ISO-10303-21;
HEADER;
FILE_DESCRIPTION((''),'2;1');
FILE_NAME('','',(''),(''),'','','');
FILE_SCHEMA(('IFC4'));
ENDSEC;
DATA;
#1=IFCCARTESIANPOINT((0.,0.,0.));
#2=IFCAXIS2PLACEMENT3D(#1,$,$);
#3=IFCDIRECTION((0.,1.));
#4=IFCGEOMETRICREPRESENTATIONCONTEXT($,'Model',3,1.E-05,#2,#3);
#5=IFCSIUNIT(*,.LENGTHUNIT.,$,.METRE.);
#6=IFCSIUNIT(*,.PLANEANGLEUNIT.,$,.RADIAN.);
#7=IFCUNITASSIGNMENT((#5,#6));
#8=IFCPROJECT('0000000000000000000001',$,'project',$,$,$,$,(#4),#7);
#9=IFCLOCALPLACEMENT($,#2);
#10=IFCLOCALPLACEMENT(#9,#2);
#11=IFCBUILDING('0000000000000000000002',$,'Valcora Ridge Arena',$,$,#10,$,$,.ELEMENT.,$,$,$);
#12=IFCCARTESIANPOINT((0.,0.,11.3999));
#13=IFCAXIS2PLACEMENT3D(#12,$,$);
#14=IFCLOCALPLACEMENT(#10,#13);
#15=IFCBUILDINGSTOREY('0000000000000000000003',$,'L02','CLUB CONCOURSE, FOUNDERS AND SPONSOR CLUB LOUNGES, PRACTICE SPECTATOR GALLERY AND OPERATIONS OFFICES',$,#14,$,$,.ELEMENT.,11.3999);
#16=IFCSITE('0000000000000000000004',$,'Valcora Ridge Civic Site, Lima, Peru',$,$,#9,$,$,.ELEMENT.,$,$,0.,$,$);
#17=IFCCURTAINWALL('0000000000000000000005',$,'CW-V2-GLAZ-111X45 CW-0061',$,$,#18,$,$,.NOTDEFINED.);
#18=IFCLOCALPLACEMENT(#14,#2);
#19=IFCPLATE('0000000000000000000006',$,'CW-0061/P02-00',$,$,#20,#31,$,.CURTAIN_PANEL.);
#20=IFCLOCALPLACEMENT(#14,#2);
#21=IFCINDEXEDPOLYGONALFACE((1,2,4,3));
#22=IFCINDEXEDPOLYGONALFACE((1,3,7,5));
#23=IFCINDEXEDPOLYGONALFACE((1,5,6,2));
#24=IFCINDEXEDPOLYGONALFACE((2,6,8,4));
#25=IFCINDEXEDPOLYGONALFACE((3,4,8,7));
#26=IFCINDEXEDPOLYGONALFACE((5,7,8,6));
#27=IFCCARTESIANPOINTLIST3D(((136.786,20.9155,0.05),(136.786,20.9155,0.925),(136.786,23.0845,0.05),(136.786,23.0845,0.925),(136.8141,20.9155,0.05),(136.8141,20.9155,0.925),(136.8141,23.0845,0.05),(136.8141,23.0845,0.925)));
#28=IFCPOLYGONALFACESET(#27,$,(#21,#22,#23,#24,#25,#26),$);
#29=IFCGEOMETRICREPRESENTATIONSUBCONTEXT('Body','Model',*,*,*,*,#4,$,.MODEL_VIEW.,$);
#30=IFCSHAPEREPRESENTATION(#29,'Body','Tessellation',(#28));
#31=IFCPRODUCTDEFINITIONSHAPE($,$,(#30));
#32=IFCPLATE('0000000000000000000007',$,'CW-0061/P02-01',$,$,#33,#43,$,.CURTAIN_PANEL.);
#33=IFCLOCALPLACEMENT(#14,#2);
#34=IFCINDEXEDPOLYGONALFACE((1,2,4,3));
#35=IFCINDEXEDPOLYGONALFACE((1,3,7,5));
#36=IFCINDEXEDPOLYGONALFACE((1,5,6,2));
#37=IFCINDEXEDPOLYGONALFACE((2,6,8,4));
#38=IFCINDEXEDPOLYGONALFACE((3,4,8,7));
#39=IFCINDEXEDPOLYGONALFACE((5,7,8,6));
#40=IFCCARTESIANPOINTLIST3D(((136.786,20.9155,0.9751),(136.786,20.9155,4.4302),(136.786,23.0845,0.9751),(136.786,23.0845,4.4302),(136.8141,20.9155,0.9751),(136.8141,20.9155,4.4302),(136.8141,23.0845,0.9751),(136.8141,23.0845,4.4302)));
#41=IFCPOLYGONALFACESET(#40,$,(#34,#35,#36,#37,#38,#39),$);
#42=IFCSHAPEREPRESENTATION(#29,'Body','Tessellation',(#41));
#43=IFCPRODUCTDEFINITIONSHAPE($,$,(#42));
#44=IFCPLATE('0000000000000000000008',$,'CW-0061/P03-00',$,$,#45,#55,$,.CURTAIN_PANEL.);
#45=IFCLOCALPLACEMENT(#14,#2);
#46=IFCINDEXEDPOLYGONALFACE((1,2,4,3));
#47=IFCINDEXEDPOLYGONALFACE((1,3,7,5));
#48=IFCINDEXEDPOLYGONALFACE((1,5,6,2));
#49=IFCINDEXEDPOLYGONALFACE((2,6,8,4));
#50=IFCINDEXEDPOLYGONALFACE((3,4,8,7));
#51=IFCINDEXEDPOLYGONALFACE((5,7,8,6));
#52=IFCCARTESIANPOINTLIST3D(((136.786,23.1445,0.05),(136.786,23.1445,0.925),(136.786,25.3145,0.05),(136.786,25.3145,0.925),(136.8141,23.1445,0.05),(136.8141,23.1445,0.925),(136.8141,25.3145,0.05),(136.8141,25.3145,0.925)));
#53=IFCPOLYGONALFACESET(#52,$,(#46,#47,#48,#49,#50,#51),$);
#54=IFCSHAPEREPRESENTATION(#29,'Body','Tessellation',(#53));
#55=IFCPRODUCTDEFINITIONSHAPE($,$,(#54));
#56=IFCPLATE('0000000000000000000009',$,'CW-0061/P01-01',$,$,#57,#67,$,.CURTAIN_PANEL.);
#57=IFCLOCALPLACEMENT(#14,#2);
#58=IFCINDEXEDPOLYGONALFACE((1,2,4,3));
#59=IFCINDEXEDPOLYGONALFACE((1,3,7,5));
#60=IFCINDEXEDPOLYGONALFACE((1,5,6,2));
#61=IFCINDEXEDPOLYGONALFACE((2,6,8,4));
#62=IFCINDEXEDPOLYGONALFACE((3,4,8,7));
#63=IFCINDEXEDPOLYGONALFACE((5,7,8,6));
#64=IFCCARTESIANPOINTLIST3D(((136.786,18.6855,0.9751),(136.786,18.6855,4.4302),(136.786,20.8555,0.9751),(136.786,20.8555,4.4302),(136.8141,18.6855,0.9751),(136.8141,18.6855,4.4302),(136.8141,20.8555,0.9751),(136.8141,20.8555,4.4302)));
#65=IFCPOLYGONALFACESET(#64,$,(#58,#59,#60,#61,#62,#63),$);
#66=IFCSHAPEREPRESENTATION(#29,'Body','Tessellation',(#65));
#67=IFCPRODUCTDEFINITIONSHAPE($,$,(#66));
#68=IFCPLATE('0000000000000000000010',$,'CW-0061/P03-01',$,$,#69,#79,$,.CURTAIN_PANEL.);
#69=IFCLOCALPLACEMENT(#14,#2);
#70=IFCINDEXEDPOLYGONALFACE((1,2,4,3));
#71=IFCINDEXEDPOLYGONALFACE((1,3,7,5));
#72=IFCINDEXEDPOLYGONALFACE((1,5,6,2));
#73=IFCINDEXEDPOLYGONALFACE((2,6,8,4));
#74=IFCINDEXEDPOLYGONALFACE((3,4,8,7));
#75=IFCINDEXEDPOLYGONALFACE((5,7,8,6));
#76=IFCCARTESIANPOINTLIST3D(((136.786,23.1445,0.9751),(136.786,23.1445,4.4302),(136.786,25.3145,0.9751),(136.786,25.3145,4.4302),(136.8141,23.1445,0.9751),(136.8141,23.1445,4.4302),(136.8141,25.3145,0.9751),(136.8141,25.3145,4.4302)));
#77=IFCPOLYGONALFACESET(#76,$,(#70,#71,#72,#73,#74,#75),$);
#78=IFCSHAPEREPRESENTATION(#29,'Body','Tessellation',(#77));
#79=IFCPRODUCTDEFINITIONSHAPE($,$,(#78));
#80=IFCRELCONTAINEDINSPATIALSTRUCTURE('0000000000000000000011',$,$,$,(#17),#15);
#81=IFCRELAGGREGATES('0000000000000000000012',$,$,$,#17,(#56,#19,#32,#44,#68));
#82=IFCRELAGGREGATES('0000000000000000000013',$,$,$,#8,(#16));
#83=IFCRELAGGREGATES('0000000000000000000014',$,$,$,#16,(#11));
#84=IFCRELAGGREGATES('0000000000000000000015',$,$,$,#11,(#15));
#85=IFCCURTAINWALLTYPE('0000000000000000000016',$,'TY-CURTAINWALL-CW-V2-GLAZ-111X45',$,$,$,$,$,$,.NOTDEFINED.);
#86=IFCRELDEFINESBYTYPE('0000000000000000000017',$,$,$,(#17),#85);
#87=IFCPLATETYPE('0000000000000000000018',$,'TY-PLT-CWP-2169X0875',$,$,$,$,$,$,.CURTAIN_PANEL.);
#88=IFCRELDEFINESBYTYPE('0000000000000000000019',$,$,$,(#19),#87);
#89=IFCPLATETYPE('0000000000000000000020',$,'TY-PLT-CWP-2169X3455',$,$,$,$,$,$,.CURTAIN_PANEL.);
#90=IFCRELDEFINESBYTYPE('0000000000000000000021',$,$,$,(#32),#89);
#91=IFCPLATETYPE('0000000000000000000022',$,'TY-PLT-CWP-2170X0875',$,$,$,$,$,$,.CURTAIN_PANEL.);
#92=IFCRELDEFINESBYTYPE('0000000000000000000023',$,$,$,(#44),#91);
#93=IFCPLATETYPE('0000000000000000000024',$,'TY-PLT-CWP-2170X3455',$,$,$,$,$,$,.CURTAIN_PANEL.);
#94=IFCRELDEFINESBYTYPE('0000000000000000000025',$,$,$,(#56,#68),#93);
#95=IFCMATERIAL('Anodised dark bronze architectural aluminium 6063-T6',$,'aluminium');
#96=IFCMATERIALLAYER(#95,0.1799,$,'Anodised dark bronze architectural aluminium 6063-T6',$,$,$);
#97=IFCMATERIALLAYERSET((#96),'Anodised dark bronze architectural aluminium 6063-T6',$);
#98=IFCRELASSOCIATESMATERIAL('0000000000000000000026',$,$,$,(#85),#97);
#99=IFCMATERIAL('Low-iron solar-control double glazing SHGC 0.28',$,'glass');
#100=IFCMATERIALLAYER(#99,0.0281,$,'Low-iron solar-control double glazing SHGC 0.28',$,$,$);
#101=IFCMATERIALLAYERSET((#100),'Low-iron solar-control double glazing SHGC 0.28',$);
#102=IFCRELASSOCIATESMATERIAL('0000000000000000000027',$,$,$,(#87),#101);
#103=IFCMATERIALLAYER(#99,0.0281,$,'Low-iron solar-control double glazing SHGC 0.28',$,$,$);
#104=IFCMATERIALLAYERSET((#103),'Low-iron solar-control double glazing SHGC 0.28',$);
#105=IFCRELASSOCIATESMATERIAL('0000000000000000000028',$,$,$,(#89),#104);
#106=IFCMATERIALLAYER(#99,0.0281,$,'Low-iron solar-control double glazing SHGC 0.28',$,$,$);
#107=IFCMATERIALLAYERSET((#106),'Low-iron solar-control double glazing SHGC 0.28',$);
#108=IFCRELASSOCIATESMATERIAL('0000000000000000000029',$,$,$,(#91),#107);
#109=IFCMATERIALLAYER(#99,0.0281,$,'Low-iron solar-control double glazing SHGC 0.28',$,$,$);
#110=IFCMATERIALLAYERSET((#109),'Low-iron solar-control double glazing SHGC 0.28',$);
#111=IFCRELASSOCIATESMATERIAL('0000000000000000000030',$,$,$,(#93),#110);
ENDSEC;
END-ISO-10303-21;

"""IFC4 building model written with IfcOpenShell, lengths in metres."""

from ifc_helpers import new_model, si_unit, direction, frame, origin, origin_2d, place, context, subcontext, project, spatial, rectangle, extrude, material, layer, layer_set, type_object, element, aggregate, save


model = new_model("IFC4")

# Units and contexts
model_context = context("Model", 3, precision=1e-05, world=origin(), true_north=direction((0.0, 1.0)))
body_context = subcontext(model_context, "Body", "Model", "MODEL_VIEW")
ifc_project = project(units=[si_unit("LENGTHUNIT", "METRE"), si_unit("PLANEANGLEUNIT", "RADIAN")], contexts=[model_context])

# Site, building, storey
site_placement = place(None, origin())
site = spatial("IfcSite", under=ifc_project, at=site_placement, Name="Valcora Ridge Civic Site, Lima, Peru", CompositionType="ELEMENT", RefElevation=0.0)
building_placement = place(site_placement, origin())
building = spatial("IfcBuilding", under=site, at=building_placement, Name="Valcora Ridge Arena", CompositionType="ELEMENT")
storey_placement = place(building_placement, frame((0.0, 0.0, 11.3999)))
storey = spatial("IfcBuildingStorey", under=building, at=storey_placement, Name="L02", Description="CLUB CONCOURSE, FOUNDERS AND SPONSOR CLUB LOUNGES, PRACTICE SPECTATOR GALLERY AND OPERATIONS OFFICES", CompositionType="ELEMENT", Elevation=11.3999)

# Curtain wall, plates
ifc_material_1 = material(Name="Anodised dark bronze architectural aluminium 6063-T6", Category="aluminium")
ifc_layer_1 = layer(ifc_material_1, 0.1799, Name="Anodised dark bronze architectural aluminium 6063-T6")
ifc_layer_set_1 = layer_set([ifc_layer_1], Name="Anodised dark bronze architectural aluminium 6063-T6")
curtain_wall_type = type_object("IfcCurtainWallType", Name="TY-CURTAINWALL-CW-V2-GLAZ-111X45", PredefinedType="NOTDEFINED", material=ifc_layer_set_1)
curtain_wall_placement = place(storey_placement, origin())
curtain_wall = element("IfcCurtainWall", 1, at=curtain_wall_placement, inside=storey, type_object=curtain_wall_type, Name="CW-V2-GLAZ-111X45 CW-0061", PredefinedType="NOTDEFINED")
ifc_material_2 = material(Name="Low-iron solar-control double glazing SHGC 0.28", Category="glass")
ifc_layer_2 = layer(ifc_material_2, 0.0281, Name="Low-iron solar-control double glazing SHGC 0.28")
ifc_layer_set_2 = layer_set([ifc_layer_2], Name="Low-iron solar-control double glazing SHGC 0.28")
plate_type_1 = type_object("IfcPlateType", Name="TY-PLT-CWP-2169X0875", PredefinedType="CURTAIN_PANEL", material=ifc_layer_set_2)
plate_1_placement = place(storey_placement, frame((136.8, 22.0, 0.05), z_axis=(0.0, 0.0, 1.0), x_axis=(0.0, 1.0, 0.0)))
plate_1 = element("IfcPlate", 2, at=plate_1_placement, type_object=plate_type_1, Name="CW-0061/P02-00", PredefinedType="CURTAIN_PANEL", context=body_context, shape_type="SweptSolid", body=[
    extrude(rectangle(XDim=2.1689, YDim=0.0281, at=origin_2d()), origin(), (0.0, 0.0, 1.0), 0.875),
])
ifc_layer_3 = layer(ifc_material_2, 0.0281, Name="Low-iron solar-control double glazing SHGC 0.28")
ifc_layer_set_3 = layer_set([ifc_layer_3], Name="Low-iron solar-control double glazing SHGC 0.28")
plate_type_2 = type_object("IfcPlateType", Name="TY-PLT-CWP-2169X3455", PredefinedType="CURTAIN_PANEL", material=ifc_layer_set_3)
plate_2_placement = place(storey_placement, frame((136.8, 22.0, 0.9751), z_axis=(0.0, 0.0, 1.0), x_axis=(0.0, 1.0, 0.0)))
plate_2 = element("IfcPlate", 3, at=plate_2_placement, type_object=plate_type_2, Name="CW-0061/P02-01", PredefinedType="CURTAIN_PANEL", context=body_context, shape_type="SweptSolid", body=[
    extrude(rectangle(XDim=2.1689, YDim=0.0281, at=origin_2d()), origin(), (0.0, 0.0, 1.0), 3.4551),
])
ifc_layer_4 = layer(ifc_material_2, 0.0281, Name="Low-iron solar-control double glazing SHGC 0.28")
ifc_layer_set_4 = layer_set([ifc_layer_4], Name="Low-iron solar-control double glazing SHGC 0.28")
plate_type_3 = type_object("IfcPlateType", Name="TY-PLT-CWP-2170X0875", PredefinedType="CURTAIN_PANEL", material=ifc_layer_set_4)
plate_3_placement = place(storey_placement, frame((136.8, 24.2295, 0.05), z_axis=(0.0, 0.0, 1.0), x_axis=(0.0, 1.0, 0.0)))
plate_3 = element("IfcPlate", 4, at=plate_3_placement, type_object=plate_type_3, Name="CW-0061/P03-00", PredefinedType="CURTAIN_PANEL", context=body_context, shape_type="SweptSolid", body=[
    extrude(rectangle(XDim=2.1699, YDim=0.0281, at=origin_2d()), origin(), (0.0, 0.0, 1.0), 0.875),
])
ifc_layer_5 = layer(ifc_material_2, 0.0281, Name="Low-iron solar-control double glazing SHGC 0.28")
ifc_layer_set_5 = layer_set([ifc_layer_5], Name="Low-iron solar-control double glazing SHGC 0.28")
plate_type_4 = type_object("IfcPlateType", Name="TY-PLT-CWP-2170X3455", PredefinedType="CURTAIN_PANEL", material=ifc_layer_set_5)
plate_4_placement = place(storey_placement, frame((136.8, 19.7705, 0.9751), z_axis=(0.0, 0.0, 1.0), x_axis=(0.0, 1.0, 0.0)))
plate_4 = element("IfcPlate", 5, at=plate_4_placement, type_object=plate_type_4, Name="CW-0061/P01-01", PredefinedType="CURTAIN_PANEL", context=body_context, shape_type="SweptSolid", body=[
    extrude(rectangle(XDim=2.1699, YDim=0.0281, at=origin_2d()), origin(), (0.0, 0.0, 1.0), 3.4551),
])
plate_5_placement = place(storey_placement, frame((136.8, 24.2295, 0.9751), z_axis=(0.0, 0.0, 1.0), x_axis=(0.0, 1.0, 0.0)))
plate_5 = element("IfcPlate", 6, at=plate_5_placement, type_object=plate_type_4, Name="CW-0061/P03-01", PredefinedType="CURTAIN_PANEL", context=body_context, shape_type="SweptSolid", body=[
    extrude(rectangle(XDim=2.1699, YDim=0.0281, at=origin_2d()), origin(), (0.0, 0.0, 1.0), 3.4551),
])
aggregate(curtain_wall, [plate_4, plate_1, plate_2, plate_3, plate_5])

save(model, "model.ifc")
